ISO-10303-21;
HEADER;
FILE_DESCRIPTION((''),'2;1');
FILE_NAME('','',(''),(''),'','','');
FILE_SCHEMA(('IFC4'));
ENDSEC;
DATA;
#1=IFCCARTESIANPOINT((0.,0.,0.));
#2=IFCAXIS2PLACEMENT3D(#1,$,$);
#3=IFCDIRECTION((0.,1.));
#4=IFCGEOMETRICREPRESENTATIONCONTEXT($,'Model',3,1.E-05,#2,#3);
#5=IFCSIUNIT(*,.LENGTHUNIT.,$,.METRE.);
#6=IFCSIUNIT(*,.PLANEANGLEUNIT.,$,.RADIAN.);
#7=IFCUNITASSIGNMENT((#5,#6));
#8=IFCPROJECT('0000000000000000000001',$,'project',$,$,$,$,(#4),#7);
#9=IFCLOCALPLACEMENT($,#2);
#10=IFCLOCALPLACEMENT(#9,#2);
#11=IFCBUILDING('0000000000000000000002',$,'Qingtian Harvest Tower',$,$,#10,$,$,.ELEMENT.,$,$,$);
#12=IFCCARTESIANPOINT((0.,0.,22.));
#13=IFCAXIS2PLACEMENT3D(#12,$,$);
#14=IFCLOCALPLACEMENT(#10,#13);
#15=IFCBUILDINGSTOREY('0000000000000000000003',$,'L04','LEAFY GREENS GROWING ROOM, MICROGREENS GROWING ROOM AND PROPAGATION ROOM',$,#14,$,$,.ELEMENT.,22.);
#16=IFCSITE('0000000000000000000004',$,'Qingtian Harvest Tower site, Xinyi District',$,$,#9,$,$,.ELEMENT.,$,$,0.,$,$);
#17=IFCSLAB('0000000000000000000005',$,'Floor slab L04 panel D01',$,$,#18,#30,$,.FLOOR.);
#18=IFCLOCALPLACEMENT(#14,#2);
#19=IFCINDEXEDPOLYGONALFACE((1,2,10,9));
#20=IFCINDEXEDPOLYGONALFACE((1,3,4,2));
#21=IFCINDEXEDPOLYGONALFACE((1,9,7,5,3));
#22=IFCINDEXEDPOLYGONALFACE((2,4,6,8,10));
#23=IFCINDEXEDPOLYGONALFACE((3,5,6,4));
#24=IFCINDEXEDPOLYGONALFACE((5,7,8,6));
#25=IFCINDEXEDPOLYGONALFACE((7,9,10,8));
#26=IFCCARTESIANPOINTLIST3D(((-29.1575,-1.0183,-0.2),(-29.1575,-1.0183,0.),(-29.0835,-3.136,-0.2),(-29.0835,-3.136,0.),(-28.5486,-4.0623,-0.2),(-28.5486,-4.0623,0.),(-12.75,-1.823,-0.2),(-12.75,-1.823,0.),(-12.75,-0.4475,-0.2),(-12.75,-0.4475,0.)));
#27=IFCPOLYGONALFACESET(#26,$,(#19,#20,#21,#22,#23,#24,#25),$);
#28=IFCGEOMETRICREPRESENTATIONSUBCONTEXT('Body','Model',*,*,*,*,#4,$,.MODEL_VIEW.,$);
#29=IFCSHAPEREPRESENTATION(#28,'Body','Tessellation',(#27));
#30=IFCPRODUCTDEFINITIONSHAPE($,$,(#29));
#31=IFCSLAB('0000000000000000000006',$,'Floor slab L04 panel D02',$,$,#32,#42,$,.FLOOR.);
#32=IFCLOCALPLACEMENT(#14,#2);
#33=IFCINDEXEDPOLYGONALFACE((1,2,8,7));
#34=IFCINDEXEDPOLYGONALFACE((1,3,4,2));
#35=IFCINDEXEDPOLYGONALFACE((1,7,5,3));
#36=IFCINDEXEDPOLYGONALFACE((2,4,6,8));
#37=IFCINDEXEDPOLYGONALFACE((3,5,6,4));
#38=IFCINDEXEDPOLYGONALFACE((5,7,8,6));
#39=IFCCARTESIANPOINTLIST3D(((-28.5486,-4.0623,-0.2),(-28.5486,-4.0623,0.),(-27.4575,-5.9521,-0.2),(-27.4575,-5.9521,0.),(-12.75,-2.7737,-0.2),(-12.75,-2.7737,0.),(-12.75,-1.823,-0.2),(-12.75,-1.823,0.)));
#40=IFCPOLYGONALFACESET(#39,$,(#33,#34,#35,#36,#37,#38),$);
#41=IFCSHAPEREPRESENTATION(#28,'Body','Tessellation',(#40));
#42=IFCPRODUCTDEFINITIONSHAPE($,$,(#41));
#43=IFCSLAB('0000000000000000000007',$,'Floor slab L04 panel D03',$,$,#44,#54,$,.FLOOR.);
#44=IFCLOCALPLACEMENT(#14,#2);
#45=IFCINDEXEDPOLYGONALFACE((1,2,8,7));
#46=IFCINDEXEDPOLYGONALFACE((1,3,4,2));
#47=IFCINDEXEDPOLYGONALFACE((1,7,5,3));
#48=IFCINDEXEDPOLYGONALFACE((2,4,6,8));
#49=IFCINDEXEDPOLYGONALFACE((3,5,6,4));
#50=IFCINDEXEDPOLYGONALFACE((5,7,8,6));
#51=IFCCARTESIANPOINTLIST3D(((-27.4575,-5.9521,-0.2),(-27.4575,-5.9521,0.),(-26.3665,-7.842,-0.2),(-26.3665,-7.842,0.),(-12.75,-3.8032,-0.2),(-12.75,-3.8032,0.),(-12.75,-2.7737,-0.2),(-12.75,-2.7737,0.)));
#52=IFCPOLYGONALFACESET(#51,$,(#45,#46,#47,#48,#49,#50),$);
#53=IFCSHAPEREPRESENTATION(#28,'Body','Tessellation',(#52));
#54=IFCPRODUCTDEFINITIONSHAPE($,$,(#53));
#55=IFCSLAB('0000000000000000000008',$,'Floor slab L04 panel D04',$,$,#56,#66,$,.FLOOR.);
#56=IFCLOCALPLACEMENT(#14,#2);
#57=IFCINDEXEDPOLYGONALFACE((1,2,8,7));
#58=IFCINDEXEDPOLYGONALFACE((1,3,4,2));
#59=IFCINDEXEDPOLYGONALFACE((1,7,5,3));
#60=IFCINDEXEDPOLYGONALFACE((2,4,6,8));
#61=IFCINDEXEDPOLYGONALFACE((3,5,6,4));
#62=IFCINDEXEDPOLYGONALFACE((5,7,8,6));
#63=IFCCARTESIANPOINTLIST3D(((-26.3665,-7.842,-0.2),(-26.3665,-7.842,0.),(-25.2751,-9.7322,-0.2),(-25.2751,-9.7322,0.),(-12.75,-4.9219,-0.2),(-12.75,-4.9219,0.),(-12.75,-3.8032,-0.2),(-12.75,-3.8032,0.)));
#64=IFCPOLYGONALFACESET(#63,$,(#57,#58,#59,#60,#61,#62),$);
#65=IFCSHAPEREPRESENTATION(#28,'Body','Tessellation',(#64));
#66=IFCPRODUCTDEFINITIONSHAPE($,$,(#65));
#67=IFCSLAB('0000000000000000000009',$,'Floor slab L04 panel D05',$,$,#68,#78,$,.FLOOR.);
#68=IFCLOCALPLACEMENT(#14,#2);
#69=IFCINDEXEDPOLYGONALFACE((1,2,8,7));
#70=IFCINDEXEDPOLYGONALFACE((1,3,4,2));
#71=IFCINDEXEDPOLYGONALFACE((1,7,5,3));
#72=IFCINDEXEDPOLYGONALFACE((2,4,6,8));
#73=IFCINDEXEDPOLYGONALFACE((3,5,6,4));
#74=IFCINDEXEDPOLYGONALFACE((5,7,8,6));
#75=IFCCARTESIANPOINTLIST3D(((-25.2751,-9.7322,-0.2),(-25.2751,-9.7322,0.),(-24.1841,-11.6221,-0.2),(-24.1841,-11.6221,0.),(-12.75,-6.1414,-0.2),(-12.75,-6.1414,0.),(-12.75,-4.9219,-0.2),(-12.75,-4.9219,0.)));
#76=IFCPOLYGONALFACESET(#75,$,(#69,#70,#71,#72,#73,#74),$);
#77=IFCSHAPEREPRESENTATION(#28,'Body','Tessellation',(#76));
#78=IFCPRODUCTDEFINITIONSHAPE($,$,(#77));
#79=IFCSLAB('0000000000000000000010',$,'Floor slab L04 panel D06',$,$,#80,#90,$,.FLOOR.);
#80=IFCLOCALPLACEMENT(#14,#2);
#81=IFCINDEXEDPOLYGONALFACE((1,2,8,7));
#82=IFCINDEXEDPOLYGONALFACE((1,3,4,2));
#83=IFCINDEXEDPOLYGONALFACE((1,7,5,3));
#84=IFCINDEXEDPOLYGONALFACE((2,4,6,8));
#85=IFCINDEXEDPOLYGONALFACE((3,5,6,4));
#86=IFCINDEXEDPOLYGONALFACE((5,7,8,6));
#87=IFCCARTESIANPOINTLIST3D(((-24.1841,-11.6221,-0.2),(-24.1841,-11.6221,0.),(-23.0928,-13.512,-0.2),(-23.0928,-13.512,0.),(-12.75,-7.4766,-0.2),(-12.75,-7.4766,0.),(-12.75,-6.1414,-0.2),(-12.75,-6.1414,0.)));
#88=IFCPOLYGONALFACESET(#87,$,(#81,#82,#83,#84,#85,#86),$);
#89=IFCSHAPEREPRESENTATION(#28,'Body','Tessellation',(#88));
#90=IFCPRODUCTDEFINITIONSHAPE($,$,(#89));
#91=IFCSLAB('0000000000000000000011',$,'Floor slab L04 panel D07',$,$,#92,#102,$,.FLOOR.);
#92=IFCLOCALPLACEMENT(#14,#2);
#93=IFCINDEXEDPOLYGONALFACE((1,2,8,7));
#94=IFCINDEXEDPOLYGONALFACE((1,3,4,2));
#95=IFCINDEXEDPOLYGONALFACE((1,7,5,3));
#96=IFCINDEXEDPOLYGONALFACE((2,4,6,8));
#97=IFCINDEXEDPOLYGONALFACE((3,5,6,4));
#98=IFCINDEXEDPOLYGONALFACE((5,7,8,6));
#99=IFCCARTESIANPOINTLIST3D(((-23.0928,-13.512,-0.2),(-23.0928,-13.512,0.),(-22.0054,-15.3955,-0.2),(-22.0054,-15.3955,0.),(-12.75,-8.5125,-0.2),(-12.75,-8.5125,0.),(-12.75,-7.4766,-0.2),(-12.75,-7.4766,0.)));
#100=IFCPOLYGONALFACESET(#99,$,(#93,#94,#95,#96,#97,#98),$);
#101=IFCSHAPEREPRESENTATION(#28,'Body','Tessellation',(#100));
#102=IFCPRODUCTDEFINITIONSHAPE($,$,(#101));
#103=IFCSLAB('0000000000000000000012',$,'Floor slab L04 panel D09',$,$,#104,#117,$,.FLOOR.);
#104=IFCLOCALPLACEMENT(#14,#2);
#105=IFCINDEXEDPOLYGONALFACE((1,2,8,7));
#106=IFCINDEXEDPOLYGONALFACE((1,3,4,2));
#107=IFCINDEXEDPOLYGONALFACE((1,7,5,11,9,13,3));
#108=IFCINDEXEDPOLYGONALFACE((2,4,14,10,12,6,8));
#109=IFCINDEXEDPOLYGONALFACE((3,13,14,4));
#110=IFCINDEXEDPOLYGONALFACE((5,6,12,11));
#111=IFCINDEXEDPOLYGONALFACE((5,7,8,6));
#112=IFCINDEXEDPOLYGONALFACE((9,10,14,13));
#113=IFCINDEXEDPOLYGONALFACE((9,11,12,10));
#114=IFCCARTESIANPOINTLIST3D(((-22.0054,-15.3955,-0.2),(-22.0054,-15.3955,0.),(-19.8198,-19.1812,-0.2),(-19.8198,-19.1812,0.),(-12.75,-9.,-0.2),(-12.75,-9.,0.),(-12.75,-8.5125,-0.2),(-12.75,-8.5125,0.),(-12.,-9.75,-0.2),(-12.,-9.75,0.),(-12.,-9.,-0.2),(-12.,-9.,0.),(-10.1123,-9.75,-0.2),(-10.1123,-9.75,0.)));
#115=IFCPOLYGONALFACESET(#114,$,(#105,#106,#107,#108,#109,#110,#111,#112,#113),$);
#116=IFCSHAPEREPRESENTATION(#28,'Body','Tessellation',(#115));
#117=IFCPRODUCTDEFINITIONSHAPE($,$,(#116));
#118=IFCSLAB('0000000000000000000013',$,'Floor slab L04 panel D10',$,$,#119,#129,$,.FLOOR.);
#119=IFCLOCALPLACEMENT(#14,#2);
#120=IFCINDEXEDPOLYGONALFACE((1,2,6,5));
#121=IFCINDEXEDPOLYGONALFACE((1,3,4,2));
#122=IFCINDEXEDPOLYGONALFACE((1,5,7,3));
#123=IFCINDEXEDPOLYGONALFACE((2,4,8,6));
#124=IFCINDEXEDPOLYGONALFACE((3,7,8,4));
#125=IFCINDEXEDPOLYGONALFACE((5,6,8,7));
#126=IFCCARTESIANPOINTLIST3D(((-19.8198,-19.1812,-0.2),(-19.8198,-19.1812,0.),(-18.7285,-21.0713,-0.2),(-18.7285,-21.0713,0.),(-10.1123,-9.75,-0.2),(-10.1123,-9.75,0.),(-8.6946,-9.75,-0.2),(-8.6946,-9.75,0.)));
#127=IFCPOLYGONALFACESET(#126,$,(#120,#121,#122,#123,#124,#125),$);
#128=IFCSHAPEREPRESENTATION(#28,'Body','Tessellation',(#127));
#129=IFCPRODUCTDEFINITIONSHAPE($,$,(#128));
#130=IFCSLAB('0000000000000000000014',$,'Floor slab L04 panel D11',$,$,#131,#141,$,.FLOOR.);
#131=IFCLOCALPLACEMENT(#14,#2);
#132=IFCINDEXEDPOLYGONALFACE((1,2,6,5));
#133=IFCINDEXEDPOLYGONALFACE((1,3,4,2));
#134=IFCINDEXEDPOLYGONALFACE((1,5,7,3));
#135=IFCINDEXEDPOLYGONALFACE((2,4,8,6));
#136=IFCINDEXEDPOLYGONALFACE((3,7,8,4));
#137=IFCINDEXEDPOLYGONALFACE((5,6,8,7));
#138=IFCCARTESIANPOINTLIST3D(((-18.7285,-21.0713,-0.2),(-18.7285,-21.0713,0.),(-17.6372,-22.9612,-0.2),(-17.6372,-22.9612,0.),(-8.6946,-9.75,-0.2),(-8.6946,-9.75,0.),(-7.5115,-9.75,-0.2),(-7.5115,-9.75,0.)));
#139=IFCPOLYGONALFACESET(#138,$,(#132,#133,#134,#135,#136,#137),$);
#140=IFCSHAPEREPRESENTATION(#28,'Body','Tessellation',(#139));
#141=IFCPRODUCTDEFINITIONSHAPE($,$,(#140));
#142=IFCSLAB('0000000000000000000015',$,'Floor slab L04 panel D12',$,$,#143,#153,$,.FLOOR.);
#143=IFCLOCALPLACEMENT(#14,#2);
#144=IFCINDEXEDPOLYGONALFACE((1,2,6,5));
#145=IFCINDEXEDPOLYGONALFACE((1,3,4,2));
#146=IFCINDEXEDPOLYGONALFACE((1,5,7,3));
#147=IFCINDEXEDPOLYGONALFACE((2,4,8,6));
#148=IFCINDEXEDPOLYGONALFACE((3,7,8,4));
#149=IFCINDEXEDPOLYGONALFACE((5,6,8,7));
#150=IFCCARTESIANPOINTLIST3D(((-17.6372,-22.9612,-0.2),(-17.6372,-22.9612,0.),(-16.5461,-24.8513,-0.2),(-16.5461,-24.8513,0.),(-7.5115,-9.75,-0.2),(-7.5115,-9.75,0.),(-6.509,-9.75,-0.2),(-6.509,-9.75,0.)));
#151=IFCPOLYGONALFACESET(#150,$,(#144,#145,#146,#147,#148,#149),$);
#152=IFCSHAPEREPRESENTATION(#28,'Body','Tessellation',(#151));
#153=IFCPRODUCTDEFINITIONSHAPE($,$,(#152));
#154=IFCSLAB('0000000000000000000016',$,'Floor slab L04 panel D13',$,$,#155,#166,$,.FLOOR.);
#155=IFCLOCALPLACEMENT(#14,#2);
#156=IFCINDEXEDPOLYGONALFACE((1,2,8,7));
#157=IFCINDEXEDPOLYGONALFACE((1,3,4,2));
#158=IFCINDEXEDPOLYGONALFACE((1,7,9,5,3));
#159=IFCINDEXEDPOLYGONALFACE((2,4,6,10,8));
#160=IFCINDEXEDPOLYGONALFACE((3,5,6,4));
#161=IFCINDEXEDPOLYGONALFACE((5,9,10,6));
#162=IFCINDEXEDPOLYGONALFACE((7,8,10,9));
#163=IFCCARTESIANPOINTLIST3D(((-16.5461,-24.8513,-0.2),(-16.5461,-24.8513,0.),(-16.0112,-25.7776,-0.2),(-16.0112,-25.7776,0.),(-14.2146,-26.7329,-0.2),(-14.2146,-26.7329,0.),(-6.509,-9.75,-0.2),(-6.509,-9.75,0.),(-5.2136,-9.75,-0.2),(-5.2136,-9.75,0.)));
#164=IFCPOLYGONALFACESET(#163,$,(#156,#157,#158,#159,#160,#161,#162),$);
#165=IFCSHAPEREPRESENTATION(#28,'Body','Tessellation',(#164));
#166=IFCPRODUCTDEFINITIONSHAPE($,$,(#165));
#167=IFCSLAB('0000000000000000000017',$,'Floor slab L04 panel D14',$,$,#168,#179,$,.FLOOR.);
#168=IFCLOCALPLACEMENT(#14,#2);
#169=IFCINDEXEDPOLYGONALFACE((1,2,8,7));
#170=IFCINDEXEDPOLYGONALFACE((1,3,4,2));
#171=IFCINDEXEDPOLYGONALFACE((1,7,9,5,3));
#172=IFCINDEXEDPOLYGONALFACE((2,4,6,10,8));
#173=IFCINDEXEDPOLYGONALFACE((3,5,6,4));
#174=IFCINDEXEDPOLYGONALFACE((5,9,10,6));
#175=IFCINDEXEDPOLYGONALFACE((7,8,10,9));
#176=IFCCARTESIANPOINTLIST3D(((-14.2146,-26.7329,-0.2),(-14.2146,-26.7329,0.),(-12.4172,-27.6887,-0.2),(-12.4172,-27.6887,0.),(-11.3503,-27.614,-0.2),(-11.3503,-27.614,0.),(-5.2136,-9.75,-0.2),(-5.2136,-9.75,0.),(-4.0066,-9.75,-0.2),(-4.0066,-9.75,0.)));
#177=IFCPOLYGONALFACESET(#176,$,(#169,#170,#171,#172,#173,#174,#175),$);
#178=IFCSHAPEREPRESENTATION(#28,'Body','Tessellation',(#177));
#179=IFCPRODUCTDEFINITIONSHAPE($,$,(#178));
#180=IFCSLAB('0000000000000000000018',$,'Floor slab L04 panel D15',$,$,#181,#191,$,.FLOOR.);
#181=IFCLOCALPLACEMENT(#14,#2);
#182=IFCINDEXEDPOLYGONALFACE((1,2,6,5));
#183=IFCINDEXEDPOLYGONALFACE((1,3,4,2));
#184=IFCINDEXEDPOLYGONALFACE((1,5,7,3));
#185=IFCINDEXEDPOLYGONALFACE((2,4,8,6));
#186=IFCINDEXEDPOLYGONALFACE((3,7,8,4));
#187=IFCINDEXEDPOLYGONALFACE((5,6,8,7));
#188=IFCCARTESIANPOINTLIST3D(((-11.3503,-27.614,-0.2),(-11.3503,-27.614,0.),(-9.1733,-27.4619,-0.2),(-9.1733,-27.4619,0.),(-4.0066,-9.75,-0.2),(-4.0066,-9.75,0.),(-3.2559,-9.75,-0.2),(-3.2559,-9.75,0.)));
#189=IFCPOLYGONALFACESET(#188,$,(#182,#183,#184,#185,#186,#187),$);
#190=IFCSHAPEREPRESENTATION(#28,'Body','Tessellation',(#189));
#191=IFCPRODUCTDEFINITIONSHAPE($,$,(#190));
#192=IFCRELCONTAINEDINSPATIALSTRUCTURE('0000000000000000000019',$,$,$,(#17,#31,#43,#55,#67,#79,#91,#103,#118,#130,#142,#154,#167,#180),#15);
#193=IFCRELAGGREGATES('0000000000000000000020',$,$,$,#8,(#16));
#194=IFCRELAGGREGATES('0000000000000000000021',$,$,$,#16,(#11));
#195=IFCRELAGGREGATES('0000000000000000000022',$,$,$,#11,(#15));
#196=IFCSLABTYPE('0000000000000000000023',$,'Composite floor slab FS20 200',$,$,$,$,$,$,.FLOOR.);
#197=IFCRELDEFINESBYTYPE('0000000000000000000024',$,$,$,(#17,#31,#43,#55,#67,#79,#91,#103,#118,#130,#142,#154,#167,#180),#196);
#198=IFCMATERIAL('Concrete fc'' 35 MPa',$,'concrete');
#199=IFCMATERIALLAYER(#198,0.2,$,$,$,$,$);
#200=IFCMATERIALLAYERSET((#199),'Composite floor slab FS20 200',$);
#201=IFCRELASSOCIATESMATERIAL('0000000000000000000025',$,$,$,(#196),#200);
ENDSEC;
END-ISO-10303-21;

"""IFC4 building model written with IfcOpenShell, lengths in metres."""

from ifc_helpers import new_model, si_unit, direction, frame, origin, place, context, subcontext, project, spatial, polyline, outline, extrude, material, layer, layer_set, type_object, element, save


model = new_model("IFC4")

# Units and contexts
model_context = context("Model", 3, precision=1e-05, world=origin(), true_north=direction((0.0, 1.0)))
body_context = subcontext(model_context, "Body", "Model", "MODEL_VIEW")
ifc_project = project(units=[si_unit("LENGTHUNIT", "METRE"), si_unit("PLANEANGLEUNIT", "RADIAN")], contexts=[model_context])

# Site, building, storey
site_placement = place(None, origin())
site = spatial("IfcSite", under=ifc_project, at=site_placement, Name="Qingtian Harvest Tower site, Xinyi District", CompositionType="ELEMENT", RefElevation=0.0)
building_placement = place(site_placement, origin())
building = spatial("IfcBuilding", under=site, at=building_placement, Name="Qingtian Harvest Tower", CompositionType="ELEMENT")
storey_placement = place(building_placement, frame((0.0, 0.0, 22.0)))
storey = spatial("IfcBuildingStorey", under=building, at=storey_placement, Name="L04", Description="LEAFY GREENS GROWING ROOM, MICROGREENS GROWING ROOM AND PROPAGATION ROOM", CompositionType="ELEMENT", Elevation=22.0)

# Slabs
ifc_material_1 = material(Name="Concrete fc' 35 MPa", Category="concrete")
ifc_layer_1 = layer(ifc_material_1, 0.2)
ifc_layer_set_1 = layer_set([ifc_layer_1], Name="Composite floor slab FS20 200")
slab_type_1 = type_object("IfcSlabType", Name="Composite floor slab FS20 200", PredefinedType="FLOOR", material=ifc_layer_set_1)
slab_1_placement = place(storey_placement, frame((0.0, 0.0, -0.2)))
element("IfcSlab", 1, at=slab_1_placement, inside=storey, type_object=slab_type_1, Name="Floor slab L04 panel D01", PredefinedType="FLOOR", context=body_context, shape_type="SweptSolid", body=[
    extrude(outline(polyline([(-29.1575, -1.0183), (-12.75, -0.4475), (-12.75, -1.823), (-28.5486, -4.0623), (-29.0835, -3.136), (-29.1575, -1.0183)])), origin(), (0.0, 0.0, 1.0), 0.2),
])
slab_2_placement = place(storey_placement, frame((0.0, 0.0, -0.2)))
element("IfcSlab", 2, at=slab_2_placement, inside=storey, type_object=slab_type_1, Name="Floor slab L04 panel D02", PredefinedType="FLOOR", context=body_context, shape_type="SweptSolid", body=[
    extrude(outline(polyline([(-12.75, -2.7737), (-27.4575, -5.9521), (-28.5486, -4.0623), (-12.75, -1.823), (-12.75, -2.7737)])), origin(), (0.0, 0.0, 1.0), 0.2),
])
slab_3_placement = place(storey_placement, frame((0.0, 0.0, -0.2)))
element("IfcSlab", 3, at=slab_3_placement, inside=storey, type_object=slab_type_1, Name="Floor slab L04 panel D03", PredefinedType="FLOOR", context=body_context, shape_type="SweptSolid", body=[
    extrude(outline(polyline([(-12.75, -3.8032), (-26.3665, -7.842), (-27.4575, -5.9521), (-12.75, -2.7737), (-12.75, -3.8032)])), origin(), (0.0, 0.0, 1.0), 0.2),
])
slab_4_placement = place(storey_placement, frame((0.0, 0.0, -0.2)))
element("IfcSlab", 4, at=slab_4_placement, inside=storey, type_object=slab_type_1, Name="Floor slab L04 panel D04", PredefinedType="FLOOR", context=body_context, shape_type="SweptSolid", body=[
    extrude(outline(polyline([(-12.75, -4.9219), (-25.2751, -9.7322), (-26.3665, -7.842), (-12.75, -3.8032), (-12.75, -4.9219)])), origin(), (0.0, 0.0, 1.0), 0.2),
])
slab_5_placement = place(storey_placement, frame((0.0, 0.0, -0.2)))
element("IfcSlab", 5, at=slab_5_placement, inside=storey, type_object=slab_type_1, Name="Floor slab L04 panel D05", PredefinedType="FLOOR", context=body_context, shape_type="SweptSolid", body=[
    extrude(outline(polyline([(-12.75, -6.1414), (-24.1841, -11.6221), (-25.2751, -9.7322), (-12.75, -4.9219), (-12.75, -6.1414)])), origin(), (0.0, 0.0, 1.0), 0.2),
])
slab_6_placement = place(storey_placement, frame((0.0, 0.0, -0.2)))
element("IfcSlab", 6, at=slab_6_placement, inside=storey, type_object=slab_type_1, Name="Floor slab L04 panel D06", PredefinedType="FLOOR", context=body_context, shape_type="SweptSolid", body=[
    extrude(outline(polyline([(-12.75, -7.4766), (-23.0928, -13.512), (-24.1841, -11.6221), (-12.75, -6.1414), (-12.75, -7.4766)])), origin(), (0.0, 0.0, 1.0), 0.2),
])
slab_7_placement = place(storey_placement, frame((0.0, 0.0, -0.2)))
element("IfcSlab", 7, at=slab_7_placement, inside=storey, type_object=slab_type_1, Name="Floor slab L04 panel D07", PredefinedType="FLOOR", context=body_context, shape_type="SweptSolid", body=[
    extrude(outline(polyline([(-12.75, -8.5125), (-22.0054, -15.3955), (-23.0928, -13.512), (-12.75, -7.4766), (-12.75, -8.5125)])), origin(), (0.0, 0.0, 1.0), 0.2),
])
slab_8_placement = place(storey_placement, frame((0.0, 0.0, -0.2)))
element("IfcSlab", 8, at=slab_8_placement, inside=storey, type_object=slab_type_1, Name="Floor slab L04 panel D09", PredefinedType="FLOOR", context=body_context, shape_type="SweptSolid", body=[
    extrude(outline(polyline([(-19.8198, -19.1812), (-22.0054, -15.3955), (-12.75, -8.5125), (-12.75, -9.0), (-12.0, -9.0), (-12.0, -9.75), (-10.1123, -9.75), (-19.8198, -19.1812)])), origin(), (0.0, 0.0, 1.0), 0.2),
])
slab_9_placement = place(storey_placement, frame((0.0, 0.0, -0.2)))
element("IfcSlab", 9, at=slab_9_placement, inside=storey, type_object=slab_type_1, Name="Floor slab L04 panel D10", PredefinedType="FLOOR", context=body_context, shape_type="SweptSolid", body=[
    extrude(outline(polyline([(-8.6946, -9.75), (-18.7285, -21.0713), (-19.8198, -19.1812), (-10.1123, -9.75), (-8.6946, -9.75)])), origin(), (0.0, 0.0, 1.0), 0.2),
])
slab_10_placement = place(storey_placement, frame((0.0, 0.0, -0.2)))
element("IfcSlab", 10, at=slab_10_placement, inside=storey, type_object=slab_type_1, Name="Floor slab L04 panel D11", PredefinedType="FLOOR", context=body_context, shape_type="SweptSolid", body=[
    extrude(outline(polyline([(-7.5115, -9.75), (-17.6372, -22.9612), (-18.7285, -21.0713), (-8.6946, -9.75), (-7.5115, -9.75)])), origin(), (0.0, 0.0, 1.0), 0.2),
])
slab_11_placement = place(storey_placement, frame((0.0, 0.0, -0.2)))
element("IfcSlab", 11, at=slab_11_placement, inside=storey, type_object=slab_type_1, Name="Floor slab L04 panel D12", PredefinedType="FLOOR", context=body_context, shape_type="SweptSolid", body=[
    extrude(outline(polyline([(-6.509, -9.75), (-16.5461, -24.8513), (-17.6372, -22.9612), (-7.5115, -9.75), (-6.509, -9.75)])), origin(), (0.0, 0.0, 1.0), 0.2),
])
slab_12_placement = place(storey_placement, frame((0.0, 0.0, -0.2)))
element("IfcSlab", 12, at=slab_12_placement, inside=storey, type_object=slab_type_1, Name="Floor slab L04 panel D13", PredefinedType="FLOOR", context=body_context, shape_type="SweptSolid", body=[
    extrude(outline(polyline([(-6.509, -9.75), (-5.2136, -9.75), (-14.2146, -26.7329), (-16.0112, -25.7776), (-16.5461, -24.8513), (-6.509, -9.75)])), origin(), (0.0, 0.0, 1.0), 0.2),
])
slab_13_placement = place(storey_placement, frame((0.0, 0.0, -0.2)))
element("IfcSlab", 13, at=slab_13_placement, inside=storey, type_object=slab_type_1, Name="Floor slab L04 panel D14", PredefinedType="FLOOR", context=body_context, shape_type="SweptSolid", body=[
    extrude(outline(polyline([(-5.2136, -9.75), (-4.0066, -9.75), (-11.3503, -27.614), (-12.4172, -27.6887), (-14.2146, -26.7329), (-5.2136, -9.75)])), origin(), (0.0, 0.0, 1.0), 0.2),
])
slab_14_placement = place(storey_placement, frame((0.0, 0.0, -0.2)))
element("IfcSlab", 14, at=slab_14_placement, inside=storey, type_object=slab_type_1, Name="Floor slab L04 panel D15", PredefinedType="FLOOR", context=body_context, shape_type="SweptSolid", body=[
    extrude(outline(polyline([(-3.2559, -9.75), (-9.1733, -27.4619), (-11.3503, -27.614), (-4.0066, -9.75), (-3.2559, -9.75)])), origin(), (0.0, 0.0, 1.0), 0.2),
])

save(model, "model.ifc")
